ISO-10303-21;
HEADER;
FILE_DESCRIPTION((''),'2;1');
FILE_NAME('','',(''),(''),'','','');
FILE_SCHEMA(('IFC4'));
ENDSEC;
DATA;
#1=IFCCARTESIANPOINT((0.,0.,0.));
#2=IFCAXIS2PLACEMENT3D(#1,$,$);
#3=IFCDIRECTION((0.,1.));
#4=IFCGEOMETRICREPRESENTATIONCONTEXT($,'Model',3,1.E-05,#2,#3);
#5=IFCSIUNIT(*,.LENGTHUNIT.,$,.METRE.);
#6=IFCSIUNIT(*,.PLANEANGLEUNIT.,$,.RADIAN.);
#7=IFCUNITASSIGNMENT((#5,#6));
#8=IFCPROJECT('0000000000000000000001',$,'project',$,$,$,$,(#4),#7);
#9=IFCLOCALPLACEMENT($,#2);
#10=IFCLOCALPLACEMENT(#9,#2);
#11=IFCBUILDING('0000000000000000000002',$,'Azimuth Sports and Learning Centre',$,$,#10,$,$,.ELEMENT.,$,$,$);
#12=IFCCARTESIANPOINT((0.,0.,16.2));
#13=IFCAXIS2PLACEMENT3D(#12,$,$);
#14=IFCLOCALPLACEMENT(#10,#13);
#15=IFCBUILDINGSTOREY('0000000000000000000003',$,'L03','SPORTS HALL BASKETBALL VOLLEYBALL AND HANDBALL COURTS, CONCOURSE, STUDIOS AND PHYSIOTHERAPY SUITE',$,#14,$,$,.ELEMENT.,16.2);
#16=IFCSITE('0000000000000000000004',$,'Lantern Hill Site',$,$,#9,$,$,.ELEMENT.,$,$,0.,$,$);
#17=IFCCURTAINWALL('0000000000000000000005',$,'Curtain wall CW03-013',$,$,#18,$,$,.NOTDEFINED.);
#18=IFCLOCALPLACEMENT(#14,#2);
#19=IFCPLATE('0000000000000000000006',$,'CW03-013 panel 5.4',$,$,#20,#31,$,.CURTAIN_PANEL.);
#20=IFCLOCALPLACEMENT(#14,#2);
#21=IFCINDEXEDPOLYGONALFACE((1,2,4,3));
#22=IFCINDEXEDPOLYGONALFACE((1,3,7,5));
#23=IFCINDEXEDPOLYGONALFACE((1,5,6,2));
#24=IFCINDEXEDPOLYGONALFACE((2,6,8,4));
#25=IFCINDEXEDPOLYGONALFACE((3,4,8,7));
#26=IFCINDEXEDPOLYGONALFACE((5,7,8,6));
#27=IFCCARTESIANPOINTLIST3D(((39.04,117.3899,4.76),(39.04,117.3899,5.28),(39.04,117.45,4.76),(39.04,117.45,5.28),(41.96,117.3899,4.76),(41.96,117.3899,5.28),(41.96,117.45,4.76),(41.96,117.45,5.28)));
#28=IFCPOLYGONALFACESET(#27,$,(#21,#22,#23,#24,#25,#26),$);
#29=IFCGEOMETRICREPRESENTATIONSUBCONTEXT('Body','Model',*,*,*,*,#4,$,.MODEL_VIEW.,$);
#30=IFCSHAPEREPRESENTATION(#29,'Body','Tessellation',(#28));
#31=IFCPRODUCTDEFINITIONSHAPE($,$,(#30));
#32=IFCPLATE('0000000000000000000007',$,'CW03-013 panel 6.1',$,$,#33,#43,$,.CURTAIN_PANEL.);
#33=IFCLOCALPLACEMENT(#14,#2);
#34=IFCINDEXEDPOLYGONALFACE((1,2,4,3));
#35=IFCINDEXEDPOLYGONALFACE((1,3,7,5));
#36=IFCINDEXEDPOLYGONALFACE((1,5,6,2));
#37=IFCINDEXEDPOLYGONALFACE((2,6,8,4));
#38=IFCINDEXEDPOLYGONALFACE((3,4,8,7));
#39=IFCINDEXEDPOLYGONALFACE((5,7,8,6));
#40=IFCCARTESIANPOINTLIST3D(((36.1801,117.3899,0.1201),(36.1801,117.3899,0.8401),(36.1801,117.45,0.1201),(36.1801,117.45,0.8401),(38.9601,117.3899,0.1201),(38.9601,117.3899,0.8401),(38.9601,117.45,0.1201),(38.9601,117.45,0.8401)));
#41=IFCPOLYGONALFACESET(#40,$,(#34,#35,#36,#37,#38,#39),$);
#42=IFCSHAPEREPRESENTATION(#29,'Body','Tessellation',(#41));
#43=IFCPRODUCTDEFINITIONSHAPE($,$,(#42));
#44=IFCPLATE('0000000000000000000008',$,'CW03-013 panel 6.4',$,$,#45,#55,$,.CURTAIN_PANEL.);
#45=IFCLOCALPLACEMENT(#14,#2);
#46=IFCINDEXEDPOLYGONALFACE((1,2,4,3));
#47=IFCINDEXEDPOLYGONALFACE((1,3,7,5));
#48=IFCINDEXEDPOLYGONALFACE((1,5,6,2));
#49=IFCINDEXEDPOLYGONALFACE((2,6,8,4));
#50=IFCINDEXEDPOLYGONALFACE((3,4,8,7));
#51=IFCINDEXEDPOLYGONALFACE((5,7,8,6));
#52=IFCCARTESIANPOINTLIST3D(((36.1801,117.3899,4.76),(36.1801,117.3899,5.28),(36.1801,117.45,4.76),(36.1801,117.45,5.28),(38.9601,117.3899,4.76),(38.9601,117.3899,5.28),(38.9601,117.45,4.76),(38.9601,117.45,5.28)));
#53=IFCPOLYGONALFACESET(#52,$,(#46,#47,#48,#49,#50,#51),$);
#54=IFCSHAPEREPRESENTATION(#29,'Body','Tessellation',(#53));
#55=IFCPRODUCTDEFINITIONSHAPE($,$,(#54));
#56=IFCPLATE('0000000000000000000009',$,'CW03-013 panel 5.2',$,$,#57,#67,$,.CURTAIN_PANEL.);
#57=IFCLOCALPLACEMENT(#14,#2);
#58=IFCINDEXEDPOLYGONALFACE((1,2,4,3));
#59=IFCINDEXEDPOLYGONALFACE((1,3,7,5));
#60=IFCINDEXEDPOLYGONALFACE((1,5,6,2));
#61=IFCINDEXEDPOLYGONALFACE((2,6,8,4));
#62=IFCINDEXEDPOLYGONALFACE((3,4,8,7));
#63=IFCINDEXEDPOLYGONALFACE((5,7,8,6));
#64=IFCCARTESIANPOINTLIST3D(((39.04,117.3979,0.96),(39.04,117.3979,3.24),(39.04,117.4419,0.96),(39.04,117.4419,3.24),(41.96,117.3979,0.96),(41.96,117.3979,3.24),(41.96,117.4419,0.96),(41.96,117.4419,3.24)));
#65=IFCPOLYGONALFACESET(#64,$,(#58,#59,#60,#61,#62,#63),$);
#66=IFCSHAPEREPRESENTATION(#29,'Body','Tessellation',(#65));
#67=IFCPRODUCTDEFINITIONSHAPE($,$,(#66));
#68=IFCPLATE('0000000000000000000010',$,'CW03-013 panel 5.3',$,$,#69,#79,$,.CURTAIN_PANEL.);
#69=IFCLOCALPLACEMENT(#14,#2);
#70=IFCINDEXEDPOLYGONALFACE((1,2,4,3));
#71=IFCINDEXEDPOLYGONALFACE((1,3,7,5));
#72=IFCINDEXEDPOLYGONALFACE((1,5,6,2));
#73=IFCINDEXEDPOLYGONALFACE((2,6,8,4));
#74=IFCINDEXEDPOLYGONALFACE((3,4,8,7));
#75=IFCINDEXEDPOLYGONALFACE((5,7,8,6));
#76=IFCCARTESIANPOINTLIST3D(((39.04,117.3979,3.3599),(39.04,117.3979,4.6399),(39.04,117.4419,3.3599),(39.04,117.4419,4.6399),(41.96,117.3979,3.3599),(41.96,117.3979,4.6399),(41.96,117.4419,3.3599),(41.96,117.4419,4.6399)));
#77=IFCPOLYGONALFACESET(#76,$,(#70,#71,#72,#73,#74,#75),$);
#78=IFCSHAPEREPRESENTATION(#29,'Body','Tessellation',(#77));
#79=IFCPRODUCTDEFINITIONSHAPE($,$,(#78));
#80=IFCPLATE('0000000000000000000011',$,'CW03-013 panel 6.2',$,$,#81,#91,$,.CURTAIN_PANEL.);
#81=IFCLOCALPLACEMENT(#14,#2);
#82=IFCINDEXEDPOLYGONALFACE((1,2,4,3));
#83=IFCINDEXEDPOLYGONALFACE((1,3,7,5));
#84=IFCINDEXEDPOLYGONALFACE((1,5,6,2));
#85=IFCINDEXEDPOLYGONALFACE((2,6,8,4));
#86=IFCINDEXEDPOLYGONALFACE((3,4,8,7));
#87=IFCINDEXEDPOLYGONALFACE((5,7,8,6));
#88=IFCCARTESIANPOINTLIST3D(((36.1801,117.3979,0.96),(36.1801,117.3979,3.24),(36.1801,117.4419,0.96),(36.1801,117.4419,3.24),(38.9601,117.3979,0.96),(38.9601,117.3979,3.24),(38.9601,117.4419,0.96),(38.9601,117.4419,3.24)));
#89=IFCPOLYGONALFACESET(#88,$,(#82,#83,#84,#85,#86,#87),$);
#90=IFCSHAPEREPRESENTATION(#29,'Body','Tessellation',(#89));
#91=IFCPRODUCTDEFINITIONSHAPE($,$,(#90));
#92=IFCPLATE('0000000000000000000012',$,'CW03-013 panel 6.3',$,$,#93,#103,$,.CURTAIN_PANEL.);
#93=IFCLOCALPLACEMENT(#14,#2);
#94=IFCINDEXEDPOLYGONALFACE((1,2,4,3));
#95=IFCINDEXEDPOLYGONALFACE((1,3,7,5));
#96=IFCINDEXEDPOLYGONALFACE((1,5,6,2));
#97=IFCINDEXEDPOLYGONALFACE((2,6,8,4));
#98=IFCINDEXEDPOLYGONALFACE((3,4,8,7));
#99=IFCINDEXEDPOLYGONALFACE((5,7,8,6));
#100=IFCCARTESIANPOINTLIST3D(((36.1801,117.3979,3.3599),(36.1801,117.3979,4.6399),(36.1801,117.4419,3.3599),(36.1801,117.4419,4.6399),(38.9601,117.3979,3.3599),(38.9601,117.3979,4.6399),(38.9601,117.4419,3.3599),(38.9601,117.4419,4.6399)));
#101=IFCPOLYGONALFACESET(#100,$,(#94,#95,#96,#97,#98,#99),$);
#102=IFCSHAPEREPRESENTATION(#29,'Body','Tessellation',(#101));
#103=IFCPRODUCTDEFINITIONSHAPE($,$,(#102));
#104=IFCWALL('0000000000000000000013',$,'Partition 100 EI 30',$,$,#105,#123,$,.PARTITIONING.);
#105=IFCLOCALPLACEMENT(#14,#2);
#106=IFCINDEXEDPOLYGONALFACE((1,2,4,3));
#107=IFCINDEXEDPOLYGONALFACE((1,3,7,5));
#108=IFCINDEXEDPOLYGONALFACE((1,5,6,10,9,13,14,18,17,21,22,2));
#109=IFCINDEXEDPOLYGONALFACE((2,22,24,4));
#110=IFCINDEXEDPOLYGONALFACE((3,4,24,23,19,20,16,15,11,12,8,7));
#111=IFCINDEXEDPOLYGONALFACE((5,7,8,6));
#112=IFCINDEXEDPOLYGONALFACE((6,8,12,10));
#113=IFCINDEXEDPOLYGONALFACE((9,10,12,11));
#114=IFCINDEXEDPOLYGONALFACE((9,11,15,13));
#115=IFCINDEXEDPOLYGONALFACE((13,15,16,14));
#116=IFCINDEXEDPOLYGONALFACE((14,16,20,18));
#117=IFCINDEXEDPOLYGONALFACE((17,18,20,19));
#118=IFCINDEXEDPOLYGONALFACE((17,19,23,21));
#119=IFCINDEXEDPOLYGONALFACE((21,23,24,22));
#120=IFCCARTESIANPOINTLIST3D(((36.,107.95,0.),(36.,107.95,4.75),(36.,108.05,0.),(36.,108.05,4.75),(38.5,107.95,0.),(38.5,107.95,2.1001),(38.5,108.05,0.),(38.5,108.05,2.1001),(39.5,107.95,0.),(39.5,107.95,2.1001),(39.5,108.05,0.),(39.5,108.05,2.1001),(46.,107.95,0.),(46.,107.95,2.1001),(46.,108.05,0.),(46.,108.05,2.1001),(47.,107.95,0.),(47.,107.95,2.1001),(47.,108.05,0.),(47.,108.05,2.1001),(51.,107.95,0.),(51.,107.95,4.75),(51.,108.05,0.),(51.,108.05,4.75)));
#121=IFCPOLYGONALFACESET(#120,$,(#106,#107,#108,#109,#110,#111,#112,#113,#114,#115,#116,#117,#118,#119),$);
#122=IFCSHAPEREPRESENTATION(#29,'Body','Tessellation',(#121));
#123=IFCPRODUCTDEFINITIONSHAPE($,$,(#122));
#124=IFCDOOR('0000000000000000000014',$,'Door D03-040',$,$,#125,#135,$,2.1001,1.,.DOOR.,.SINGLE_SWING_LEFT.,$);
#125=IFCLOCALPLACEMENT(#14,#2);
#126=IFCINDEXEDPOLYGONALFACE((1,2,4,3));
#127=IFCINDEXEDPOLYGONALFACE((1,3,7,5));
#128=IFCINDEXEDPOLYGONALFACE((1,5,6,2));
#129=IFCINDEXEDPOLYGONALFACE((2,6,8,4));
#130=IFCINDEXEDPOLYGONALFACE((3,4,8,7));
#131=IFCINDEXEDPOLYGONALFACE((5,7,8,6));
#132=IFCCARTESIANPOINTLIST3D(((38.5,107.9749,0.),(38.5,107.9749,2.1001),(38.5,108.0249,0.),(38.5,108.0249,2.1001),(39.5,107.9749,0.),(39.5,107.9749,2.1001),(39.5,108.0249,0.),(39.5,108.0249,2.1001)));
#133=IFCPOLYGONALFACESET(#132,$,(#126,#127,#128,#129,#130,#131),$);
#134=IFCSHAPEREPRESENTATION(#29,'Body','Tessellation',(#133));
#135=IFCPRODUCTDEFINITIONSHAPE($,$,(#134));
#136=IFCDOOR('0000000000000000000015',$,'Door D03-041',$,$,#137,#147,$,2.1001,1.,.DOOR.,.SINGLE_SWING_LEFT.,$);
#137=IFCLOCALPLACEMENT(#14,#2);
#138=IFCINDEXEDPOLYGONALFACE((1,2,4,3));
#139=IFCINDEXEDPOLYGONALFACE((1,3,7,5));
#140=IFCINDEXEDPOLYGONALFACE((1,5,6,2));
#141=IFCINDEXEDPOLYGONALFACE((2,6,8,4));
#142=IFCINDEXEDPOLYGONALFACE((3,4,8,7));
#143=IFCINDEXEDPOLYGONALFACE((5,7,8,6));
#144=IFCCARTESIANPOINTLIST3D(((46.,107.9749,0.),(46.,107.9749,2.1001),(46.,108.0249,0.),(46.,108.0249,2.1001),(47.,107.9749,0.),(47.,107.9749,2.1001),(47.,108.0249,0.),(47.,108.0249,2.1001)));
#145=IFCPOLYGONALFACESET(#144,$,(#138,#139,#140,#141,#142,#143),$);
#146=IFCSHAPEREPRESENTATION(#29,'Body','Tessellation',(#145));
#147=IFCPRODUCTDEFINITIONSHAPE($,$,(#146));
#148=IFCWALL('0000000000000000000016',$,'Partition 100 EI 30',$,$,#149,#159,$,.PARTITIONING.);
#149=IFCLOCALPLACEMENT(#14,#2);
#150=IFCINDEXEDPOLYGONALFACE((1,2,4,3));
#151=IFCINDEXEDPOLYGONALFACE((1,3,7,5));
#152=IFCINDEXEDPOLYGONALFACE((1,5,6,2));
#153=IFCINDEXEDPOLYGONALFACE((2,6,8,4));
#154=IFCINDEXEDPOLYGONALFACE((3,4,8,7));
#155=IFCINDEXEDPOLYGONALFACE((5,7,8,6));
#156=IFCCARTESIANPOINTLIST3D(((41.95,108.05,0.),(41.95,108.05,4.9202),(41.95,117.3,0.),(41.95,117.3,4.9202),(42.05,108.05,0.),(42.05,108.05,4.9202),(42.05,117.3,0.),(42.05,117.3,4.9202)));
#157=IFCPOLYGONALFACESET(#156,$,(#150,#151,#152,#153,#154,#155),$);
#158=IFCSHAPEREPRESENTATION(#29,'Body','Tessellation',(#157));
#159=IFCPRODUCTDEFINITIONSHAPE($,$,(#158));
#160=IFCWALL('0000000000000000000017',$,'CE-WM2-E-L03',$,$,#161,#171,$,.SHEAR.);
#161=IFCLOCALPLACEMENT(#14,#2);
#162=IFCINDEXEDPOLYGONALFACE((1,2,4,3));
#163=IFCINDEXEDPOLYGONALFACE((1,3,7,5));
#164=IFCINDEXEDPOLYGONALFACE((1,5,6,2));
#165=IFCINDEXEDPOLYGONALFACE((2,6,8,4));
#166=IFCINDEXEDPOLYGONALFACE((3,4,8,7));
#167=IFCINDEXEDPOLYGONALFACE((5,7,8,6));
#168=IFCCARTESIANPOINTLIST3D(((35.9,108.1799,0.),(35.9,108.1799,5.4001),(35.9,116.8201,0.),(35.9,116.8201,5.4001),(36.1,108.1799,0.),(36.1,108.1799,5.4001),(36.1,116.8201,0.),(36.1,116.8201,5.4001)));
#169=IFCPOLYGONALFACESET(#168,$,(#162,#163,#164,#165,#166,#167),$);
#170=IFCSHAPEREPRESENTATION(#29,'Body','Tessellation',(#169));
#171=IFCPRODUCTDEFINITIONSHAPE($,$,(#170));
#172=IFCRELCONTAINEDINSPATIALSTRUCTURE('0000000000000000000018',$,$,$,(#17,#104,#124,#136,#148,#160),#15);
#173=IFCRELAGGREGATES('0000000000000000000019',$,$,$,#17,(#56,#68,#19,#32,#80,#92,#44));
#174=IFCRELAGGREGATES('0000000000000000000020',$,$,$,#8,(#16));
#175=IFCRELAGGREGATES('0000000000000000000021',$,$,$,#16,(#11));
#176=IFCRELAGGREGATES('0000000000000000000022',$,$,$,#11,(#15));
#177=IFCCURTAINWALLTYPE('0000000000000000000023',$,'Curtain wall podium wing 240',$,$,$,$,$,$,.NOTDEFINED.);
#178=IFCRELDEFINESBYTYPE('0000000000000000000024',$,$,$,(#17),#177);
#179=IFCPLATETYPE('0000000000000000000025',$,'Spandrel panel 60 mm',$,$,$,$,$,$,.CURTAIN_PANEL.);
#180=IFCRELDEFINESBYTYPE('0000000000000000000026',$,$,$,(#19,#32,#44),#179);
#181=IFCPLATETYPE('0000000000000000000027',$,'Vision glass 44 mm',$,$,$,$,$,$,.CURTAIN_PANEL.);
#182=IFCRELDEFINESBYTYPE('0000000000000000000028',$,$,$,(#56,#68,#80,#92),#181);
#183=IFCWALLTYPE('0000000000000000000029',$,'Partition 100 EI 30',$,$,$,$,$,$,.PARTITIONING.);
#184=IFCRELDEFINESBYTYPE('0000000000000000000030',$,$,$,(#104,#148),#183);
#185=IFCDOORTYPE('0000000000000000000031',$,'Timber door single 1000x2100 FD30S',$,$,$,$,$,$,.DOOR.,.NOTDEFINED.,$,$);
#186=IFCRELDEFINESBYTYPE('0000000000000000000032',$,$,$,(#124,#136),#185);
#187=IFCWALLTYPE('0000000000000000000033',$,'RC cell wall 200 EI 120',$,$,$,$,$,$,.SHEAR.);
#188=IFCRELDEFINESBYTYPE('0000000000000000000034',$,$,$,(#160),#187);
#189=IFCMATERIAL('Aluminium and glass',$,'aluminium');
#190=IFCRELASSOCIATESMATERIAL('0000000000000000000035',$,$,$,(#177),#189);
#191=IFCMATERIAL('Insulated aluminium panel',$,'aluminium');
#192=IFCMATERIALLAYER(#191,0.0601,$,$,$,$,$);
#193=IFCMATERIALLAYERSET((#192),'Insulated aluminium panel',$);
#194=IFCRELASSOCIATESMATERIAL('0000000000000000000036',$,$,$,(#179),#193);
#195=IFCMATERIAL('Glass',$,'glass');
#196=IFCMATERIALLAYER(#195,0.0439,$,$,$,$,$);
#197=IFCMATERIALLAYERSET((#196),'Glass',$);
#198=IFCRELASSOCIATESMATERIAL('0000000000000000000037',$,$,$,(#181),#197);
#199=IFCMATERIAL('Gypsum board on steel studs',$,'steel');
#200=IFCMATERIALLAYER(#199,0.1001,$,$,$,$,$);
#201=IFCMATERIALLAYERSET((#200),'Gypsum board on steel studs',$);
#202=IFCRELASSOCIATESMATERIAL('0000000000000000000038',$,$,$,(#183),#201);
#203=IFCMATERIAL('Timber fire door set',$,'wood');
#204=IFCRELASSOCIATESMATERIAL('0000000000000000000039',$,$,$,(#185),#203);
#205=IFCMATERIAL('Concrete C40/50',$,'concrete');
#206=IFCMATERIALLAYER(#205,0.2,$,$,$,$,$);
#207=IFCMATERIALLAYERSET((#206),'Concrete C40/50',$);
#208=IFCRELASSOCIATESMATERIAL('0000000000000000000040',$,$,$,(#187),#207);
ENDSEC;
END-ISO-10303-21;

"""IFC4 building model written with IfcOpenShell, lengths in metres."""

from ifc_helpers import new_model, si_unit, direction, frame, frame_2d, origin, origin_2d, place, context, subcontext, project, spatial, rectangle, extrude, material, layer, layer_set, type_object, element, fill, aggregate, save


model = new_model("IFC4")

# Units and contexts
model_context = context("Model", 3, precision=1e-05, world=origin(), true_north=direction((0.0, 1.0)))
body_context = subcontext(model_context, "Body", "Model", "MODEL_VIEW")
ifc_project = project(units=[si_unit("LENGTHUNIT", "METRE"), si_unit("PLANEANGLEUNIT", "RADIAN")], contexts=[model_context])

# Site, building, storey
site_placement = place(None, origin())
site = spatial("IfcSite", under=ifc_project, at=site_placement, Name="Lantern Hill Site", CompositionType="ELEMENT", RefElevation=0.0)
building_placement = place(site_placement, origin())
building = spatial("IfcBuilding", under=site, at=building_placement, Name="Azimuth Sports and Learning Centre", CompositionType="ELEMENT")
storey_placement = place(building_placement, frame((0.0, 0.0, 16.2)))
storey = spatial("IfcBuildingStorey", under=building, at=storey_placement, Name="L03", Description="SPORTS HALL BASKETBALL VOLLEYBALL AND HANDBALL COURTS, CONCOURSE, STUDIOS AND PHYSIOTHERAPY SUITE", CompositionType="ELEMENT", Elevation=16.2)

# Curtain wall, plates
ifc_material_1 = material(Name="Aluminium and glass", Category="aluminium")
curtain_wall_type = type_object("IfcCurtainWallType", Name="Curtain wall podium wing 240", PredefinedType="NOTDEFINED", material=ifc_material_1)
curtain_wall_placement = place(storey_placement, origin())
curtain_wall = element("IfcCurtainWall", 1, at=curtain_wall_placement, inside=storey, type_object=curtain_wall_type, Name="Curtain wall CW03-013", PredefinedType="NOTDEFINED")
ifc_material_2 = material(Name="Insulated aluminium panel", Category="aluminium")
ifc_layer_1 = layer(ifc_material_2, 0.0601)
ifc_layer_set_1 = layer_set([ifc_layer_1], Name="Insulated aluminium panel")
plate_type_1 = type_object("IfcPlateType", Name="Spandrel panel 60 mm", PredefinedType="CURTAIN_PANEL", material=ifc_layer_set_1)
plate_1_placement = place(storey_placement, frame((40.5, 117.4199, 4.76), z_axis=(0.0, 0.0, 1.0), x_axis=(-1.0, 0.0, 0.0)))
plate_1 = element("IfcPlate", 2, at=plate_1_placement, type_object=plate_type_1, Name="CW03-013 panel 5.4", PredefinedType="CURTAIN_PANEL", context=body_context, shape_type="SweptSolid", body=[
    extrude(rectangle(XDim=2.9199, YDim=0.0601, at=origin_2d()), origin(), (0.0, 0.0, 1.0), 0.52),
])
plate_2_placement = place(storey_placement, frame((37.5701, 117.4199, 0.1201), z_axis=(0.0, 0.0, 1.0), x_axis=(-1.0, 0.0, 0.0)))
plate_2 = element("IfcPlate", 3, at=plate_2_placement, type_object=plate_type_1, Name="CW03-013 panel 6.1", PredefinedType="CURTAIN_PANEL", context=body_context, shape_type="SweptSolid", body=[
    extrude(rectangle(XDim=2.78, YDim=0.0601, at=origin_2d()), origin(), (0.0, 0.0, 1.0), 0.72),
])
plate_3_placement = place(storey_placement, frame((37.5701, 117.4199, 4.76), z_axis=(0.0, 0.0, 1.0), x_axis=(-1.0, 0.0, 0.0)))
plate_3 = element("IfcPlate", 4, at=plate_3_placement, type_object=plate_type_1, Name="CW03-013 panel 6.4", PredefinedType="CURTAIN_PANEL", context=body_context, shape_type="SweptSolid", body=[
    extrude(rectangle(XDim=2.78, YDim=0.0601, at=origin_2d()), origin(), (0.0, 0.0, 1.0), 0.52),
])
ifc_material_3 = material(Name="Glass", Category="glass")
ifc_layer_2 = layer(ifc_material_3, 0.0439)
ifc_layer_set_2 = layer_set([ifc_layer_2], Name="Glass")
plate_type_2 = type_object("IfcPlateType", Name="Vision glass 44 mm", PredefinedType="CURTAIN_PANEL", material=ifc_layer_set_2)
plate_4_placement = place(storey_placement, frame((40.5, 117.4199, 0.96), z_axis=(0.0, 0.0, 1.0), x_axis=(-1.0, 0.0, 0.0)))
plate_4 = element("IfcPlate", 5, at=plate_4_placement, type_object=plate_type_2, Name="CW03-013 panel 5.2", PredefinedType="CURTAIN_PANEL", context=body_context, shape_type="SweptSolid", body=[
    extrude(rectangle(XDim=2.9199, YDim=0.0439, at=origin_2d()), origin(), (0.0, 0.0, 1.0), 2.28),
])
plate_5_placement = place(storey_placement, frame((40.5, 117.4199, 3.3599), z_axis=(0.0, 0.0, 1.0), x_axis=(-1.0, 0.0, 0.0)))
plate_5 = element("IfcPlate", 6, at=plate_5_placement, type_object=plate_type_2, Name="CW03-013 panel 5.3", PredefinedType="CURTAIN_PANEL", context=body_context, shape_type="SweptSolid", body=[
    extrude(rectangle(XDim=2.9199, YDim=0.0439, at=origin_2d()), origin(), (0.0, 0.0, 1.0), 1.28),
])
plate_6_placement = place(storey_placement, frame((37.5701, 117.4199, 0.96), z_axis=(0.0, 0.0, 1.0), x_axis=(-1.0, 0.0, 0.0)))
plate_6 = element("IfcPlate", 7, at=plate_6_placement, type_object=plate_type_2, Name="CW03-013 panel 6.2", PredefinedType="CURTAIN_PANEL", context=body_context, shape_type="SweptSolid", body=[
    extrude(rectangle(XDim=2.78, YDim=0.0439, at=origin_2d()), origin(), (0.0, 0.0, 1.0), 2.28),
])
plate_7_placement = place(storey_placement, frame((37.5701, 117.4199, 3.3599), z_axis=(0.0, 0.0, 1.0), x_axis=(-1.0, 0.0, 0.0)))
plate_7 = element("IfcPlate", 8, at=plate_7_placement, type_object=plate_type_2, Name="CW03-013 panel 6.3", PredefinedType="CURTAIN_PANEL", context=body_context, shape_type="SweptSolid", body=[
    extrude(rectangle(XDim=2.78, YDim=0.0439, at=origin_2d()), origin(), (0.0, 0.0, 1.0), 1.28),
])
aggregate(curtain_wall, [plate_4, plate_5, plate_1, plate_2, plate_6, plate_7, plate_3])

# Wall, openings, doors
ifc_material_4 = material(Name="Gypsum board on steel studs", Category="steel")
ifc_layer_3 = layer(ifc_material_4, 0.1001)
ifc_layer_set_3 = layer_set([ifc_layer_3], Name="Gypsum board on steel studs")
wall_type_1 = type_object("IfcWallType", Name="Partition 100 EI 30", PredefinedType="PARTITIONING", material=ifc_layer_set_3)
wall_1_placement = place(storey_placement, frame((36.0, 108.0, 0.0), z_axis=(0.0, 0.0, 1.0), x_axis=(1.0, 0.0, 0.0)))
wall_1 = element("IfcWall", 9, at=wall_1_placement, inside=storey, type_object=wall_type_1, Name="Partition 100 EI 30", PredefinedType="PARTITIONING", context=body_context, shape_type="SweptSolid", body=[
    extrude(rectangle(XDim=15.0, YDim=0.1001, at=frame_2d((7.5, 0.0))), origin(), (0.0, 0.0, 1.0), 4.75),
])
opening_1_placement = place(wall_1_placement, frame((2.5, 0.0, 0.0)))
opening_1 = element("IfcOpeningElement", 10, at=opening_1_placement, cuts=wall_1, PredefinedType="OPENING", context=body_context, shape_type="SweptSolid", body=[
    extrude(rectangle(XDim=1.0, YDim=2.1001, at=frame_2d((0.5, 1.05))), frame((0.0, 0.061, 0.0), z_axis=(0.0, -1.0, 0.0), x_axis=(1.0, 0.0, 0.0)), (0.0, 0.0, 1.0), 0.1221),
])
opening_2_placement = place(wall_1_placement, frame((10.0, 0.0, 0.0)))
opening_2 = element("IfcOpeningElement", 11, at=opening_2_placement, cuts=wall_1, PredefinedType="OPENING", context=body_context, shape_type="SweptSolid", body=[
    extrude(rectangle(XDim=1.0, YDim=2.1001, at=frame_2d((0.5, 1.05))), frame((0.0, 0.061, 0.0), z_axis=(0.0, -1.0, 0.0), x_axis=(1.0, 0.0, 0.0)), (0.0, 0.0, 1.0), 0.1221),
])
ifc_material_5 = material(Name="Timber fire door set", Category="wood")
door_type = type_object("IfcDoorType", Name="Timber door single 1000x2100 FD30S", OperationType="NOTDEFINED", PredefinedType="DOOR", material=ifc_material_5)
door_1_placement = place(opening_1_placement, origin())
door_1 = element("IfcDoor", 12, at=door_1_placement, inside=storey, type_object=door_type, Name="Door D03-040", OperationType="SINGLE_SWING_LEFT", OverallHeight=2.1001, OverallWidth=1.0, PredefinedType="DOOR", context=body_context, shape_type="SweptSolid", body=[
    extrude(rectangle(XDim=1.0, YDim=2.1001, at=frame_2d((0.5, 1.05))), frame((0.0, 0.0249, 0.0), z_axis=(0.0, -1.0, 0.0), x_axis=(1.0, 0.0, 0.0)), (0.0, 0.0, 1.0), 0.05),
])
fill(opening_1, door_1)
door_2_placement = place(opening_2_placement, origin())
door_2 = element("IfcDoor", 13, at=door_2_placement, inside=storey, type_object=door_type, Name="Door D03-041", OperationType="SINGLE_SWING_LEFT", OverallHeight=2.1001, OverallWidth=1.0, PredefinedType="DOOR", context=body_context, shape_type="SweptSolid", body=[
    extrude(rectangle(XDim=1.0, YDim=2.1001, at=frame_2d((0.5, 1.05))), frame((0.0, 0.0249, 0.0), z_axis=(0.0, -1.0, 0.0), x_axis=(1.0, 0.0, 0.0)), (0.0, 0.0, 1.0), 0.05),
])
fill(opening_2, door_2)

# Walls
wall_2_placement = place(storey_placement, frame((42.0, 108.05, 0.0), z_axis=(0.0, 0.0, 1.0), x_axis=(0.0, 1.0, 0.0)))
element("IfcWall", 14, at=wall_2_placement, inside=storey, type_object=wall_type_1, Name="Partition 100 EI 30", PredefinedType="PARTITIONING", context=body_context, shape_type="SweptSolid", body=[
    extrude(rectangle(XDim=9.25, YDim=0.1001, at=frame_2d((4.625, 0.0))), origin(), (0.0, 0.0, 1.0), 4.9202),
])
ifc_material_6 = material(Name="Concrete C40/50", Category="concrete")
ifc_layer_4 = layer(ifc_material_6, 0.2)
ifc_layer_set_4 = layer_set([ifc_layer_4], Name="Concrete C40/50")
wall_type_2 = type_object("IfcWallType", Name="RC cell wall 200 EI 120", PredefinedType="SHEAR", material=ifc_layer_set_4)
wall_3_placement = place(storey_placement, frame((36.0, 108.1799, 0.0), z_axis=(0.0, 0.0, 1.0), x_axis=(0.0, 1.0, 0.0)))
element("IfcWall", 15, at=wall_3_placement, inside=storey, type_object=wall_type_2, Name="CE-WM2-E-L03", PredefinedType="SHEAR", context=body_context, shape_type="SweptSolid", body=[
    extrude(rectangle(XDim=8.6401, YDim=0.2, at=frame_2d((4.3201, 0.0))), origin(), (0.0, 0.0, 1.0), 5.4001),
])

save(model, "model.ifc")
